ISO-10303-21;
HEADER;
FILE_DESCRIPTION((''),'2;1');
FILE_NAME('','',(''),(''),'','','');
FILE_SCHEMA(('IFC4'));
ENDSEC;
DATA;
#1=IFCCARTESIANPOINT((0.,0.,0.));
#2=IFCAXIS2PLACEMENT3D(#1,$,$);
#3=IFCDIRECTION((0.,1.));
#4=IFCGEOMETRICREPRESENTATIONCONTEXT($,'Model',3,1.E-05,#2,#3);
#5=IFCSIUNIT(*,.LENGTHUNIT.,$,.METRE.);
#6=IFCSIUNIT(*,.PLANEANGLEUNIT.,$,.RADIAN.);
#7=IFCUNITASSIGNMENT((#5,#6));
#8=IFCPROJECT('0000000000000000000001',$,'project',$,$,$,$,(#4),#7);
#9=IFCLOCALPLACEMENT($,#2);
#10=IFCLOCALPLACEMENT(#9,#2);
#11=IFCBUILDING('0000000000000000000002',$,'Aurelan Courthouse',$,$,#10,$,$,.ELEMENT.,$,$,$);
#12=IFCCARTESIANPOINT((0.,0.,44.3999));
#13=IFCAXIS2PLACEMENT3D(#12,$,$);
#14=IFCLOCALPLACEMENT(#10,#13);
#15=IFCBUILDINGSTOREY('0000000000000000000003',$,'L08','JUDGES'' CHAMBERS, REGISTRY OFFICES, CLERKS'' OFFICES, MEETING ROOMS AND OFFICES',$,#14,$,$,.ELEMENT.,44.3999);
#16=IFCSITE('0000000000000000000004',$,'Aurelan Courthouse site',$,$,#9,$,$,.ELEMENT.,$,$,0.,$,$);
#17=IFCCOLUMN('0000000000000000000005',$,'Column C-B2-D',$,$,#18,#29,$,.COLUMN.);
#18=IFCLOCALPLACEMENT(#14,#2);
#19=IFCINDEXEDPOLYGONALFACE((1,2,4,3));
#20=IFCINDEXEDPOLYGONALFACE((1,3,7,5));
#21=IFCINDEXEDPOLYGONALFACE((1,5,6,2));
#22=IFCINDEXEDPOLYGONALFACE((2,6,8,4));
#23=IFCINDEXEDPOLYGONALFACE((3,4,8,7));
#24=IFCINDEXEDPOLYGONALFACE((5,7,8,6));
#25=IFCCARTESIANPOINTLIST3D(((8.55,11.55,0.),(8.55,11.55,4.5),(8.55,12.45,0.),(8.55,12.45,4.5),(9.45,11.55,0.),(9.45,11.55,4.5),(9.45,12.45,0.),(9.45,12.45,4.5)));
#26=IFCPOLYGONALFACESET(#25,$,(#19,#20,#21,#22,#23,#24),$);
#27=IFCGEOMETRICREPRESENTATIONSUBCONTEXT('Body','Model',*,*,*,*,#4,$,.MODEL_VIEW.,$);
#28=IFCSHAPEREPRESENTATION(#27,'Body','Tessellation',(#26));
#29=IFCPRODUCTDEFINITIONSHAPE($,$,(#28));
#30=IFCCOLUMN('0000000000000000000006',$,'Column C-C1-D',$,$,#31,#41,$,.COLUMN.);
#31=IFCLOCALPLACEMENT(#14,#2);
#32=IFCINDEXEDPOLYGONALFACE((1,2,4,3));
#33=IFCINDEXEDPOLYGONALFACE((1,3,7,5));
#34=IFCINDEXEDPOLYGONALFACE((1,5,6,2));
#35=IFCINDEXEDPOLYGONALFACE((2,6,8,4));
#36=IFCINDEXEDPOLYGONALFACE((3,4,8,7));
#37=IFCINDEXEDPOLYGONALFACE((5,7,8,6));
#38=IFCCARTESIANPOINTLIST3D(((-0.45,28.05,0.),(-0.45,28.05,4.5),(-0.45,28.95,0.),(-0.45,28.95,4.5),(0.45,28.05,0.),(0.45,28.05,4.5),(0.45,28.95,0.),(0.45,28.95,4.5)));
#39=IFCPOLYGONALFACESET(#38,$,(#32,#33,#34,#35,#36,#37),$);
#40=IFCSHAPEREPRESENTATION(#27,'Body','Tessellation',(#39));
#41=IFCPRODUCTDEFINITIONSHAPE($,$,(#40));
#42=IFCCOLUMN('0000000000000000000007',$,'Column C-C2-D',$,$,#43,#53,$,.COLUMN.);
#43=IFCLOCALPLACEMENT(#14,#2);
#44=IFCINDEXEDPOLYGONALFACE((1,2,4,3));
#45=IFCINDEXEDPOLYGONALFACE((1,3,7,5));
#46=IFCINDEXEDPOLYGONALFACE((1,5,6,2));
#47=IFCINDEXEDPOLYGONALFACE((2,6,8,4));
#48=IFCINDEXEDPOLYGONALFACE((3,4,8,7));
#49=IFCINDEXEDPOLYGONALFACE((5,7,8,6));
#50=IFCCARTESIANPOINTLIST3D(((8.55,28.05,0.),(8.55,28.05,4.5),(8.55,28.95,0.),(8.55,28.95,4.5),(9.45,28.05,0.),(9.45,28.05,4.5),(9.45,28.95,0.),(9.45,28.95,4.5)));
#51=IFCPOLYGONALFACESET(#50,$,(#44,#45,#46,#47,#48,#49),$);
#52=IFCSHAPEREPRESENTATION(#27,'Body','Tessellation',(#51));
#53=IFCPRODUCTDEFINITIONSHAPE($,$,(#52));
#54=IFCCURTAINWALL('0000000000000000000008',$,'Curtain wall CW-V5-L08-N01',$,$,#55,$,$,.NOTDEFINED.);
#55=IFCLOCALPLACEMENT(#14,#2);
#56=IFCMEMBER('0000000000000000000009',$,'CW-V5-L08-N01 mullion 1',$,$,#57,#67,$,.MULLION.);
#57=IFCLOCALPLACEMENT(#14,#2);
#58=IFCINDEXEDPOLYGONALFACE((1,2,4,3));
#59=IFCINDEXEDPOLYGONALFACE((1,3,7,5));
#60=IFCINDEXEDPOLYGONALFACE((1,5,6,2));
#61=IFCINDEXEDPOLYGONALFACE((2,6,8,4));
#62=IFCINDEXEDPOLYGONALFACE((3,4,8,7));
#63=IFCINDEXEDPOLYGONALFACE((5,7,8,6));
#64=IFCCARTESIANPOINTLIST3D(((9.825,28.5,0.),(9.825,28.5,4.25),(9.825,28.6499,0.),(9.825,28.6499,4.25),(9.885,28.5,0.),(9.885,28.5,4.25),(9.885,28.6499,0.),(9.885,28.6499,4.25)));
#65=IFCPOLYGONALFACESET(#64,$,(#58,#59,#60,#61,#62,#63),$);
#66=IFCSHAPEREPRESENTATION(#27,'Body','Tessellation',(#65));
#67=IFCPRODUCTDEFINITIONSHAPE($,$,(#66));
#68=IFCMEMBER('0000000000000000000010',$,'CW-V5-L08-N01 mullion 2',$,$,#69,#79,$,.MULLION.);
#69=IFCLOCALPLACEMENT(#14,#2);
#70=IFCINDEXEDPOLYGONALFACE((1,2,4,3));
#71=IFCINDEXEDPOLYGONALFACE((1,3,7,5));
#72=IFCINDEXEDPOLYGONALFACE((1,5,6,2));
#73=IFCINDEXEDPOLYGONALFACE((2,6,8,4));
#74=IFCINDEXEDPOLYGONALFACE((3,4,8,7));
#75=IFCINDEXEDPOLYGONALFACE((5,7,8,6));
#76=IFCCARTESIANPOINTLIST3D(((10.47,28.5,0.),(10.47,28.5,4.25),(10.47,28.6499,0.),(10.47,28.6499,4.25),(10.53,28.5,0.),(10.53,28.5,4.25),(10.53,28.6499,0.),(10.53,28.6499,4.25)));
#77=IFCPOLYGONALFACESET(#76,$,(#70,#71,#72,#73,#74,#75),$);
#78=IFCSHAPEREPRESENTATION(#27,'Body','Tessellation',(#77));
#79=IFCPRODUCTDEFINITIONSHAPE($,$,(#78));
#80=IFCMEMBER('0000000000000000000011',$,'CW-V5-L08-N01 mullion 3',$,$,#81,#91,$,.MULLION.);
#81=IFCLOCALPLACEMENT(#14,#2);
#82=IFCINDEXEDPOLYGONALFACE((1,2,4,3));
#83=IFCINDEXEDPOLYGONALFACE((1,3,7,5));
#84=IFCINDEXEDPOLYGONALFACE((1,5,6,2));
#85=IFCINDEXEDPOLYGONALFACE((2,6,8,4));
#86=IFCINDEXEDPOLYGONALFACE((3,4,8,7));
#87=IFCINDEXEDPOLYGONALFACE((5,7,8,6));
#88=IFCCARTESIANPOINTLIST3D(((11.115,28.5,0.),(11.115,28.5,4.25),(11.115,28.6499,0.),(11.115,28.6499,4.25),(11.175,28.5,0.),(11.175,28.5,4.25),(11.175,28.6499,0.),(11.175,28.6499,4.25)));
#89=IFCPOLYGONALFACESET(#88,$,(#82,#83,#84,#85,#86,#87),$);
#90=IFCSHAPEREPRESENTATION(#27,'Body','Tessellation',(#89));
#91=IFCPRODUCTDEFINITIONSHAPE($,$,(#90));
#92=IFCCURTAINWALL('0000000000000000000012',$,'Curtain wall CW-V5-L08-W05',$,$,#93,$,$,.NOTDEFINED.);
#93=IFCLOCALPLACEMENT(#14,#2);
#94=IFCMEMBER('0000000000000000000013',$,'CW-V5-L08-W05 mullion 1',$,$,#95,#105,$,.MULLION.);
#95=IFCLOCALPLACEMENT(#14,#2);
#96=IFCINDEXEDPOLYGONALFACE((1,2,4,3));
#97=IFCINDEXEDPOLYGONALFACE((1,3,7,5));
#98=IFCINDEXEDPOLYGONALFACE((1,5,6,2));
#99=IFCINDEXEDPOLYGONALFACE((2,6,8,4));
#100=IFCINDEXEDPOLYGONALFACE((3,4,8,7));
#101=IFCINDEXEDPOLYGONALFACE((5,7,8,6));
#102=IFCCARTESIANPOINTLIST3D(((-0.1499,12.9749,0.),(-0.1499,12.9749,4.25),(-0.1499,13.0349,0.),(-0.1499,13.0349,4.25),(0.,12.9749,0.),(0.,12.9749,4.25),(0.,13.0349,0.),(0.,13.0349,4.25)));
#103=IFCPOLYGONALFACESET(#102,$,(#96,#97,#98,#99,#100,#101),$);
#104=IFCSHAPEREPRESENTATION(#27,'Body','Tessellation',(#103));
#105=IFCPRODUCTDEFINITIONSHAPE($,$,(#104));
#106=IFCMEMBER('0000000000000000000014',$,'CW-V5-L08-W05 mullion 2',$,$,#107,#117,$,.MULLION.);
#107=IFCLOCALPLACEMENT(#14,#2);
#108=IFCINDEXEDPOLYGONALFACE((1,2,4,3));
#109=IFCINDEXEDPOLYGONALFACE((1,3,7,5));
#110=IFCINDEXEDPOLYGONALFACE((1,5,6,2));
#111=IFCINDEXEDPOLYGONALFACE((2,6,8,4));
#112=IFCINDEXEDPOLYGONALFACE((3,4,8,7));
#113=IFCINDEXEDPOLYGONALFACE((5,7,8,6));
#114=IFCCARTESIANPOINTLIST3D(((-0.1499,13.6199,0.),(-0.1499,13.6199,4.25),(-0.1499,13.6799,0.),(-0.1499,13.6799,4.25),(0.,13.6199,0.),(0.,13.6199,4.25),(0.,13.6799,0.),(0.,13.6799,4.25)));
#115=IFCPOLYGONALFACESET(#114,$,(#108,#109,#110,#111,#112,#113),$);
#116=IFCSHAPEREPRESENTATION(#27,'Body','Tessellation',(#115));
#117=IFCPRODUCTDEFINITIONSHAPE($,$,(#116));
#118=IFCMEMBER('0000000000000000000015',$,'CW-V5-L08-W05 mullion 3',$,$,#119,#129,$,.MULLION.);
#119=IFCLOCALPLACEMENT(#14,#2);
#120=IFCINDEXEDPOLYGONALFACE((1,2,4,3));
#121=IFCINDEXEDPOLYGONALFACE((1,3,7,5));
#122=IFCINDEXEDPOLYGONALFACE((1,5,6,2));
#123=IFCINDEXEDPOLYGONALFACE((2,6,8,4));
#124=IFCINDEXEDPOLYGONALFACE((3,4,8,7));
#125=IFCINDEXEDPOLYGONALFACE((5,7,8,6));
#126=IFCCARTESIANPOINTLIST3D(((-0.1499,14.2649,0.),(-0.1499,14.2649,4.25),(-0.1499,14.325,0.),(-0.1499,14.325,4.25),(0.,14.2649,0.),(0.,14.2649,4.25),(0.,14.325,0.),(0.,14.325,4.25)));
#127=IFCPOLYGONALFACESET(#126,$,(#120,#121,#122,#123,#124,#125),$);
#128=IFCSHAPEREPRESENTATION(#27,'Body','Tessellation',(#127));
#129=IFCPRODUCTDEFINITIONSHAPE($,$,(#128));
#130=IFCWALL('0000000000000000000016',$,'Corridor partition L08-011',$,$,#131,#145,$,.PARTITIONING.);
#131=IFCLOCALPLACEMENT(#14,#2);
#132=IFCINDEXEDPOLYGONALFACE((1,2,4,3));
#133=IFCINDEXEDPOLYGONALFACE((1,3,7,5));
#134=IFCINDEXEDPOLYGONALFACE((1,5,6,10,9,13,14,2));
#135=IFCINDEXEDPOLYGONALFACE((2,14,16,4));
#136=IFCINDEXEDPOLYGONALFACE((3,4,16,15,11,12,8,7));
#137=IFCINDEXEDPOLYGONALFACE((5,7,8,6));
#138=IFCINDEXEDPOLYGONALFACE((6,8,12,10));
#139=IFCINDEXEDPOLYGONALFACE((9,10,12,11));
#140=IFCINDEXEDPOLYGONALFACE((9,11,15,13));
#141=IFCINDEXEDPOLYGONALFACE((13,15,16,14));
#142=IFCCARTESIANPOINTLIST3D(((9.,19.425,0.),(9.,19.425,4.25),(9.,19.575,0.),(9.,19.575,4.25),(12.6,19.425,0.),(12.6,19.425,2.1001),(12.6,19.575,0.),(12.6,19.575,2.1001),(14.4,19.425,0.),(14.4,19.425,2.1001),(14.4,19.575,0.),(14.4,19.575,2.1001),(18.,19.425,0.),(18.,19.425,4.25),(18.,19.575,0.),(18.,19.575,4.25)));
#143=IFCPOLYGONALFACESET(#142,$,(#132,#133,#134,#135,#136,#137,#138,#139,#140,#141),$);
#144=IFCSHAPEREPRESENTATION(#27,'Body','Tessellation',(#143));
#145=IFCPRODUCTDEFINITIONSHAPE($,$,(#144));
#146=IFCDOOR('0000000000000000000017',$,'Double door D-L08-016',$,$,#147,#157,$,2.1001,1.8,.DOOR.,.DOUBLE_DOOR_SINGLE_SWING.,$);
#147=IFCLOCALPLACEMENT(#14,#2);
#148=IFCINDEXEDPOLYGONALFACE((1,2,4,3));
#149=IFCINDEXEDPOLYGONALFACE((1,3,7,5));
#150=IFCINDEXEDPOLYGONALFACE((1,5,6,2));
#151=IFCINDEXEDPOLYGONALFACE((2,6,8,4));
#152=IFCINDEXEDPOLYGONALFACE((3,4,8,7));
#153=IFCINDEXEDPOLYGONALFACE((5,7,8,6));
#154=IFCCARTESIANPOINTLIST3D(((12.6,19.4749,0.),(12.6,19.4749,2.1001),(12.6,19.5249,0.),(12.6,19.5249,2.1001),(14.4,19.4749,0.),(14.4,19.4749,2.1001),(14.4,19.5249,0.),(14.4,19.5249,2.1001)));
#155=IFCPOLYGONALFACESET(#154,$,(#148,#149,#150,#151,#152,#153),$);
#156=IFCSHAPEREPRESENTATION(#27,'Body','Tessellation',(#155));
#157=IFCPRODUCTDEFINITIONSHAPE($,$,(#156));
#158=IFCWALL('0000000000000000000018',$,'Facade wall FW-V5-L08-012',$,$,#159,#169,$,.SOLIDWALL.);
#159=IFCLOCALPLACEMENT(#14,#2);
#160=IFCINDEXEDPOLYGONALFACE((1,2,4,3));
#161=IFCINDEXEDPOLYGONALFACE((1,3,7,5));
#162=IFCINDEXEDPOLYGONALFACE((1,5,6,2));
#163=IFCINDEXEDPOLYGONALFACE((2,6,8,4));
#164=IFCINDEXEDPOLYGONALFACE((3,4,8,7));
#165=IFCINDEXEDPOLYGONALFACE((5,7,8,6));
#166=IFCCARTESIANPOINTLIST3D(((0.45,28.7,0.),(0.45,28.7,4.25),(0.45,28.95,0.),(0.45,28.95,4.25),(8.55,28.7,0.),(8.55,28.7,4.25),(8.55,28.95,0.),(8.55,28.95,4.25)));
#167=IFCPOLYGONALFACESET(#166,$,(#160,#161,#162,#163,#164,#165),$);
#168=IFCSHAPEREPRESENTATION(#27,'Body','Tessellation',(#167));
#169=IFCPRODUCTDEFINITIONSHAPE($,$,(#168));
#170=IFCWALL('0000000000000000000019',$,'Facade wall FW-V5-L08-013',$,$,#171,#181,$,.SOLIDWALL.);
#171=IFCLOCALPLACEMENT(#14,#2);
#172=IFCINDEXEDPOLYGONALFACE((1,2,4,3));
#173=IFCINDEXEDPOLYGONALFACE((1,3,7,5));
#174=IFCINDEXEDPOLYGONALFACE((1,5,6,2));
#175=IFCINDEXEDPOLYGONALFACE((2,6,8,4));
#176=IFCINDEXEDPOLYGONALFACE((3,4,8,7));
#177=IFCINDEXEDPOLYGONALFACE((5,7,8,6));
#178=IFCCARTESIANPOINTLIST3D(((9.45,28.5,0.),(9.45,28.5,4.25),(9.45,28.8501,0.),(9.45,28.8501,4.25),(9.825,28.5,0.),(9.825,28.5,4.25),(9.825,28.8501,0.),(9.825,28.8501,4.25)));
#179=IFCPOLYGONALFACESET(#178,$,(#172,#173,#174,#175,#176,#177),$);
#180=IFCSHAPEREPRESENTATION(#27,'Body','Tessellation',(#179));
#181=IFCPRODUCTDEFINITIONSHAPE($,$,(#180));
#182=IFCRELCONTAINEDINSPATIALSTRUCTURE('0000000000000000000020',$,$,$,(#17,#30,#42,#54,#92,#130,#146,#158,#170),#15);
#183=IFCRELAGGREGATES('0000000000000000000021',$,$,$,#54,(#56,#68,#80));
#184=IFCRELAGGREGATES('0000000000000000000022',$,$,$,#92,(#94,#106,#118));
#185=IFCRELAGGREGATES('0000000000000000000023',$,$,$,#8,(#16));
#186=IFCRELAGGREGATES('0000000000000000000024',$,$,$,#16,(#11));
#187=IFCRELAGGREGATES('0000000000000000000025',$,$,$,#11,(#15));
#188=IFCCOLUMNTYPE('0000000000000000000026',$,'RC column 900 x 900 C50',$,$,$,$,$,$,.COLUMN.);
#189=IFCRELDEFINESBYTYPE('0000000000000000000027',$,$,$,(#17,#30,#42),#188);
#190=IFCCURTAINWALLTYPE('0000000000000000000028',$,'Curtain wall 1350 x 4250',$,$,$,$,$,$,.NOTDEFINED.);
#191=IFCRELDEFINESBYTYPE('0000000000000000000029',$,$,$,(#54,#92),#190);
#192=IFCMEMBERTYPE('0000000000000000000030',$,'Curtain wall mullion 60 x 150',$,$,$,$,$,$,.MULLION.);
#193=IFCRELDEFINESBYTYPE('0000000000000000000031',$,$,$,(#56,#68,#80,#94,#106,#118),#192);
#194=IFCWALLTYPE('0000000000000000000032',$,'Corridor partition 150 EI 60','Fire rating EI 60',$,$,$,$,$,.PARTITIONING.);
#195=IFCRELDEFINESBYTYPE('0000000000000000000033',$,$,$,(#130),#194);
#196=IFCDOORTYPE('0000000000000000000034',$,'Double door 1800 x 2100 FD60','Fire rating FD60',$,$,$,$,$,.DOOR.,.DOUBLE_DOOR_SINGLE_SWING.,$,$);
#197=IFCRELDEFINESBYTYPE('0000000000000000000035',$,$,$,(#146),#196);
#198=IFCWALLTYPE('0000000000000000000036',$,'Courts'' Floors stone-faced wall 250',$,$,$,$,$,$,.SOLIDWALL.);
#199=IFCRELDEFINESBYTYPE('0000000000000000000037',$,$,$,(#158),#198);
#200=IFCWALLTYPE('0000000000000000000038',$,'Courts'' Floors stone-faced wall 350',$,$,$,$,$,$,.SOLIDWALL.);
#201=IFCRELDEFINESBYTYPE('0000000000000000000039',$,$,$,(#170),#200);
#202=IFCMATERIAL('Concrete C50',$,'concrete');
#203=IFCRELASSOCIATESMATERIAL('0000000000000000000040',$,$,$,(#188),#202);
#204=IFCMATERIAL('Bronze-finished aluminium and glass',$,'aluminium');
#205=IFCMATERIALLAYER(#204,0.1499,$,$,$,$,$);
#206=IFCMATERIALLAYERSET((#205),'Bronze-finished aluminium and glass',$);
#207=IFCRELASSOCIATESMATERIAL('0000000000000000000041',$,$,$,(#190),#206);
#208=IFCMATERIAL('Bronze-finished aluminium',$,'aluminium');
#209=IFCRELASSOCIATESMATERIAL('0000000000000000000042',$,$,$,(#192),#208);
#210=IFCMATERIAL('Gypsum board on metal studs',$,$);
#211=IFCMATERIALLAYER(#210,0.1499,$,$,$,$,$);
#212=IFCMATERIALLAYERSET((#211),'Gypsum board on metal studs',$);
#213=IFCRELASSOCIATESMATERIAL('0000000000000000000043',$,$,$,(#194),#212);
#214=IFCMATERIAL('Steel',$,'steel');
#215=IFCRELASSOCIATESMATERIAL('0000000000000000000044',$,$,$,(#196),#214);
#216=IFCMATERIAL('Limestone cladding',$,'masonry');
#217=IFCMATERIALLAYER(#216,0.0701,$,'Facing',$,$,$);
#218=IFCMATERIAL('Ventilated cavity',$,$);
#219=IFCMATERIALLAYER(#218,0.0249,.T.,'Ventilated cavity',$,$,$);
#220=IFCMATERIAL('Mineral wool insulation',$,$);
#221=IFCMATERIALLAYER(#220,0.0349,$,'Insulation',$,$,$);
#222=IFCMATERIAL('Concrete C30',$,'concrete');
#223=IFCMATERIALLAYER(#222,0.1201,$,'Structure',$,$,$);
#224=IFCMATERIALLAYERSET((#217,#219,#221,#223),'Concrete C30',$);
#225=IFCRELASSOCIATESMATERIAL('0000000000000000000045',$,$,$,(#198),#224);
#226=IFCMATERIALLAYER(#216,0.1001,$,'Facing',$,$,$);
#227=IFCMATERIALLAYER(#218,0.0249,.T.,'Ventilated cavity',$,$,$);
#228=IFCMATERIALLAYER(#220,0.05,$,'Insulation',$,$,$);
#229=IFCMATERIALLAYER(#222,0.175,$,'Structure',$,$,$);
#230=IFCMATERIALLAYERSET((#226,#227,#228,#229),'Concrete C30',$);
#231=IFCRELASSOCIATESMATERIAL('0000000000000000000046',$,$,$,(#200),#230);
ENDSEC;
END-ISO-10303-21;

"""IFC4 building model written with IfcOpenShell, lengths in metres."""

from ifc_helpers import new_model, si_unit, direction, frame, frame_2d, origin, origin_2d, place, context, subcontext, project, spatial, rectangle, extrude, material, layer, layer_set, material_profile, profile_set, type_object, element, fill, aggregate, save


model = new_model("IFC4")

# Units and contexts
model_context = context("Model", 3, precision=1e-05, world=origin(), true_north=direction((0.0, 1.0)))
body_context = subcontext(model_context, "Body", "Model", "MODEL_VIEW")
ifc_project = project(units=[si_unit("LENGTHUNIT", "METRE"), si_unit("PLANEANGLEUNIT", "RADIAN")], contexts=[model_context])

# Site, building, storey
site_placement = place(None, origin())
site = spatial("IfcSite", under=ifc_project, at=site_placement, Name="Aurelan Courthouse site", CompositionType="ELEMENT", RefElevation=0.0)
building_placement = place(site_placement, origin())
building = spatial("IfcBuilding", under=site, at=building_placement, Name="Aurelan Courthouse", CompositionType="ELEMENT")
storey_placement = place(building_placement, frame((0.0, 0.0, 44.3999)))
storey = spatial("IfcBuildingStorey", under=building, at=storey_placement, Name="L08", Description="JUDGES' CHAMBERS, REGISTRY OFFICES, CLERKS' OFFICES, MEETING ROOMS AND OFFICES", CompositionType="ELEMENT", Elevation=44.3999)

# Columns
ifc_material_1 = material(Name="Concrete C50", Category="concrete")
ifc_material_profile_1 = material_profile(ifc_material_1, rectangle(XDim=0.8999, YDim=0.8999, at=origin_2d()), Name="RC 900 x 900")
ifc_profile_set_1 = profile_set([ifc_material_profile_1], Name="Concrete C50")
column_type = type_object("IfcColumnType", Name="RC column 900 x 900 C50", PredefinedType="COLUMN", material=ifc_profile_set_1)
for number, where, z_axis, x_axis, name in (
    (1, (9.0, 12.0, 0.0), (0.0, 0.0, 1.0), (1.0, 0.0, 0.0), "Column C-B2-D"),
    (2, (0.0, 28.5, 0.0), (0.0, 0.0, 1.0), (1.0, 0.0, 0.0), "Column C-C1-D"),
    (3, (9.0, 28.5, 0.0), (0.0, 0.0, 1.0), (1.0, 0.0, 0.0), "Column C-C2-D"),
):
    element("IfcColumn", number, at=place(storey_placement, frame(where, z_axis=z_axis, x_axis=x_axis)), inside=storey, type_object=column_type, Name=name, PredefinedType="COLUMN", context=body_context, shape_type="SweptSolid", body=[
        extrude(rectangle(XDim=0.8999, YDim=0.8999, at=origin_2d()), origin(), (0.0, 0.0, 1.0), 4.5),
    ])

# Curtain walls, members
ifc_material_2 = material(Name="Bronze-finished aluminium and glass", Category="aluminium")
ifc_layer_1 = layer(ifc_material_2, 0.1499)
ifc_layer_set_1 = layer_set([ifc_layer_1], Name="Bronze-finished aluminium and glass")
curtain_wall_type = type_object("IfcCurtainWallType", Name="Curtain wall 1350 x 4250", PredefinedType="NOTDEFINED", material=ifc_layer_set_1)
curtain_wall_1_placement = place(storey_placement, origin())
curtain_wall_1 = element("IfcCurtainWall", 4, at=curtain_wall_1_placement, inside=storey, type_object=curtain_wall_type, Name="Curtain wall CW-V5-L08-N01", PredefinedType="NOTDEFINED")
ifc_material_3 = material(Name="Bronze-finished aluminium", Category="aluminium")
ifc_material_profile_2 = material_profile(ifc_material_3, rectangle(XDim=0.1499, YDim=0.0601, at=origin_2d()), Name="Bronze mullion 60 x 150")
ifc_profile_set_2 = profile_set([ifc_material_profile_2], Name="Bronze-finished aluminium")
member_type = type_object("IfcMemberType", Name="Curtain wall mullion 60 x 150", PredefinedType="MULLION", material=ifc_profile_set_2)
member_1_placement = place(storey_placement, frame((9.855, 28.575, 0.0), z_axis=(0.0, 0.0, 1.0), x_axis=(0.0, 1.0, 0.0)))
member_1 = element("IfcMember", 5, at=member_1_placement, type_object=member_type, Name="CW-V5-L08-N01 mullion 1", PredefinedType="MULLION", context=body_context, shape_type="SweptSolid", body=[
    extrude(rectangle(XDim=0.1499, YDim=0.0601, at=origin_2d()), origin(), (0.0, 0.0, 1.0), 4.25),
])
member_2_placement = place(storey_placement, frame((10.5, 28.575, 0.0), z_axis=(0.0, 0.0, 1.0), x_axis=(0.0, 1.0, 0.0)))
member_2 = element("IfcMember", 6, at=member_2_placement, type_object=member_type, Name="CW-V5-L08-N01 mullion 2", PredefinedType="MULLION", context=body_context, shape_type="SweptSolid", body=[
    extrude(rectangle(XDim=0.1499, YDim=0.0601, at=origin_2d()), origin(), (0.0, 0.0, 1.0), 4.25),
])
member_3_placement = place(storey_placement, frame((11.145, 28.575, 0.0), z_axis=(0.0, 0.0, 1.0), x_axis=(0.0, 1.0, 0.0)))
member_3 = element("IfcMember", 7, at=member_3_placement, type_object=member_type, Name="CW-V5-L08-N01 mullion 3", PredefinedType="MULLION", context=body_context, shape_type="SweptSolid", body=[
    extrude(rectangle(XDim=0.1499, YDim=0.0601, at=origin_2d()), origin(), (0.0, 0.0, 1.0), 4.25),
])
aggregate(curtain_wall_1, [member_1, member_2, member_3])
curtain_wall_2_placement = place(storey_placement, origin())
curtain_wall_2 = element("IfcCurtainWall", 8, at=curtain_wall_2_placement, inside=storey, type_object=curtain_wall_type, Name="Curtain wall CW-V5-L08-W05", PredefinedType="NOTDEFINED")
member_4_placement = place(storey_placement, frame((-0.075, 13.0049, 0.0), z_axis=(0.0, 0.0, 1.0), x_axis=(-1.0, 0.0, 0.0)))
member_4 = element("IfcMember", 9, at=member_4_placement, type_object=member_type, Name="CW-V5-L08-W05 mullion 1", PredefinedType="MULLION", context=body_context, shape_type="SweptSolid", body=[
    extrude(rectangle(XDim=0.1499, YDim=0.0601, at=origin_2d()), origin(), (0.0, 0.0, 1.0), 4.25),
])
member_5_placement = place(storey_placement, frame((-0.075, 13.6499, 0.0), z_axis=(0.0, 0.0, 1.0), x_axis=(-1.0, 0.0, 0.0)))
member_5 = element("IfcMember", 10, at=member_5_placement, type_object=member_type, Name="CW-V5-L08-W05 mullion 2", PredefinedType="MULLION", context=body_context, shape_type="SweptSolid", body=[
    extrude(rectangle(XDim=0.1499, YDim=0.0601, at=origin_2d()), origin(), (0.0, 0.0, 1.0), 4.25),
])
member_6_placement = place(storey_placement, frame((-0.075, 14.2949, 0.0), z_axis=(0.0, 0.0, 1.0), x_axis=(-1.0, 0.0, 0.0)))
member_6 = element("IfcMember", 11, at=member_6_placement, type_object=member_type, Name="CW-V5-L08-W05 mullion 3", PredefinedType="MULLION", context=body_context, shape_type="SweptSolid", body=[
    extrude(rectangle(XDim=0.1499, YDim=0.0601, at=origin_2d()), origin(), (0.0, 0.0, 1.0), 4.25),
])
aggregate(curtain_wall_2, [member_4, member_5, member_6])

# Wall, opening, door
ifc_material_4 = material(Name="Gypsum board on metal studs")
ifc_layer_2 = layer(ifc_material_4, 0.1499)
ifc_layer_set_2 = layer_set([ifc_layer_2], Name="Gypsum board on metal studs")
wall_type_1 = type_object("IfcWallType", Name="Corridor partition 150 EI 60", Description="Fire rating EI 60", PredefinedType="PARTITIONING", material=ifc_layer_set_2)
wall_1_placement = place(storey_placement, frame((9.0, 19.5, 0.0), z_axis=(0.0, 0.0, 1.0), x_axis=(1.0, 0.0, 0.0)))
wall_1 = element("IfcWall", 12, at=wall_1_placement, inside=storey, type_object=wall_type_1, Name="Corridor partition L08-011", PredefinedType="PARTITIONING", context=body_context, shape_type="SweptSolid", body=[
    extrude(rectangle(XDim=9.0, YDim=0.1499, at=frame_2d((4.5, 0.0))), origin(), (0.0, 0.0, 1.0), 4.25),
])
opening_1_placement = place(wall_1_placement, frame((3.6001, 0.0, 0.0)))
opening_1 = element("IfcOpeningElement", 13, at=opening_1_placement, cuts=wall_1, PredefinedType="OPENING", context=body_context, shape_type="SweptSolid", body=[
    extrude(rectangle(XDim=1.8, YDim=2.1001, at=frame_2d((0.8999, 1.05))), frame((0.0, 0.085, 0.0), z_axis=(0.0, -1.0, 0.0), x_axis=(1.0, 0.0, 0.0)), (0.0, 0.0, 1.0), 0.1699),
])
ifc_material_5 = material(Name="Steel", Category="steel")
door_type_1 = type_object("IfcDoorType", Name="Double door 1800 x 2100 FD60", Description="Fire rating FD60", OperationType="DOUBLE_DOOR_SINGLE_SWING", PredefinedType="DOOR", material=ifc_material_5)
door_1_placement = place(opening_1_placement, origin())
door_1 = element("IfcDoor", 14, at=door_1_placement, inside=storey, type_object=door_type_1, Name="Double door D-L08-016", OperationType="DOUBLE_DOOR_SINGLE_SWING", OverallHeight=2.1001, OverallWidth=1.8, PredefinedType="DOOR", context=body_context, shape_type="SweptSolid", body=[
    extrude(rectangle(XDim=1.8, YDim=2.1001, at=frame_2d((0.8999, 1.05))), frame((0.0, 0.0249, 0.0), z_axis=(0.0, -1.0, 0.0), x_axis=(1.0, 0.0, 0.0)), (0.0, 0.0, 1.0), 0.05),
])
fill(opening_1, door_1)

# Walls
ifc_material_6 = material(Name="Limestone cladding", Category="masonry")
ifc_layer_3 = layer(ifc_material_6, 0.0701, Name="Facing")
ifc_material_7 = material(Name="Ventilated cavity")
ifc_layer_4 = layer(ifc_material_7, 0.0249, ventilated=True, Name="Ventilated cavity")
ifc_material_8 = material(Name="Mineral wool insulation")
ifc_layer_5 = layer(ifc_material_8, 0.0349, Name="Insulation")
ifc_material_9 = material(Name="Concrete C30", Category="concrete")
ifc_layer_6 = layer(ifc_material_9, 0.1201, Name="Structure")
ifc_layer_set_3 = layer_set([ifc_layer_3, ifc_layer_4, ifc_layer_5, ifc_layer_6], Name="Concrete C30")
wall_type_2 = type_object("IfcWallType", Name="Courts' Floors stone-faced wall 250", PredefinedType="SOLIDWALL", material=ifc_layer_set_3)
wall_2_placement = place(storey_placement, frame((0.45, 28.825, 0.0), z_axis=(0.0, 0.0, 1.0), x_axis=(1.0, 0.0, 0.0)))
element("IfcWall", 15, at=wall_2_placement, inside=storey, type_object=wall_type_2, Name="Facade wall FW-V5-L08-012", PredefinedType="SOLIDWALL", context=body_context, shape_type="SweptSolid", body=[
    extrude(rectangle(XDim=8.1001, YDim=0.25, at=frame_2d((4.05, 0.0))), origin(), (0.0, 0.0, 1.0), 4.25),
])
ifc_layer_7 = layer(ifc_material_6, 0.1001, Name="Facing")
ifc_layer_8 = layer(ifc_material_7, 0.0249, ventilated=True, Name="Ventilated cavity")
ifc_layer_9 = layer(ifc_material_8, 0.05, Name="Insulation")
ifc_layer_10 = layer(ifc_material_9, 0.175, Name="Structure")
ifc_layer_set_4 = layer_set([ifc_layer_7, ifc_layer_8, ifc_layer_9, ifc_layer_10], Name="Concrete C30")
wall_type_3 = type_object("IfcWallType", Name="Courts' Floors stone-faced wall 350", PredefinedType="SOLIDWALL", material=ifc_layer_set_4)
wall_3_placement = place(storey_placement, frame((9.45, 28.675, 0.0), z_axis=(0.0, 0.0, 1.0), x_axis=(1.0, 0.0, 0.0)))
element("IfcWall", 16, at=wall_3_placement, inside=storey, type_object=wall_type_3, Name="Facade wall FW-V5-L08-013", PredefinedType="SOLIDWALL", context=body_context, shape_type="SweptSolid", body=[
    extrude(rectangle(XDim=0.375, YDim=0.3501, at=frame_2d((0.1875, 0.0))), origin(), (0.0, 0.0, 1.0), 4.25),
])

save(model, "model.ifc")
